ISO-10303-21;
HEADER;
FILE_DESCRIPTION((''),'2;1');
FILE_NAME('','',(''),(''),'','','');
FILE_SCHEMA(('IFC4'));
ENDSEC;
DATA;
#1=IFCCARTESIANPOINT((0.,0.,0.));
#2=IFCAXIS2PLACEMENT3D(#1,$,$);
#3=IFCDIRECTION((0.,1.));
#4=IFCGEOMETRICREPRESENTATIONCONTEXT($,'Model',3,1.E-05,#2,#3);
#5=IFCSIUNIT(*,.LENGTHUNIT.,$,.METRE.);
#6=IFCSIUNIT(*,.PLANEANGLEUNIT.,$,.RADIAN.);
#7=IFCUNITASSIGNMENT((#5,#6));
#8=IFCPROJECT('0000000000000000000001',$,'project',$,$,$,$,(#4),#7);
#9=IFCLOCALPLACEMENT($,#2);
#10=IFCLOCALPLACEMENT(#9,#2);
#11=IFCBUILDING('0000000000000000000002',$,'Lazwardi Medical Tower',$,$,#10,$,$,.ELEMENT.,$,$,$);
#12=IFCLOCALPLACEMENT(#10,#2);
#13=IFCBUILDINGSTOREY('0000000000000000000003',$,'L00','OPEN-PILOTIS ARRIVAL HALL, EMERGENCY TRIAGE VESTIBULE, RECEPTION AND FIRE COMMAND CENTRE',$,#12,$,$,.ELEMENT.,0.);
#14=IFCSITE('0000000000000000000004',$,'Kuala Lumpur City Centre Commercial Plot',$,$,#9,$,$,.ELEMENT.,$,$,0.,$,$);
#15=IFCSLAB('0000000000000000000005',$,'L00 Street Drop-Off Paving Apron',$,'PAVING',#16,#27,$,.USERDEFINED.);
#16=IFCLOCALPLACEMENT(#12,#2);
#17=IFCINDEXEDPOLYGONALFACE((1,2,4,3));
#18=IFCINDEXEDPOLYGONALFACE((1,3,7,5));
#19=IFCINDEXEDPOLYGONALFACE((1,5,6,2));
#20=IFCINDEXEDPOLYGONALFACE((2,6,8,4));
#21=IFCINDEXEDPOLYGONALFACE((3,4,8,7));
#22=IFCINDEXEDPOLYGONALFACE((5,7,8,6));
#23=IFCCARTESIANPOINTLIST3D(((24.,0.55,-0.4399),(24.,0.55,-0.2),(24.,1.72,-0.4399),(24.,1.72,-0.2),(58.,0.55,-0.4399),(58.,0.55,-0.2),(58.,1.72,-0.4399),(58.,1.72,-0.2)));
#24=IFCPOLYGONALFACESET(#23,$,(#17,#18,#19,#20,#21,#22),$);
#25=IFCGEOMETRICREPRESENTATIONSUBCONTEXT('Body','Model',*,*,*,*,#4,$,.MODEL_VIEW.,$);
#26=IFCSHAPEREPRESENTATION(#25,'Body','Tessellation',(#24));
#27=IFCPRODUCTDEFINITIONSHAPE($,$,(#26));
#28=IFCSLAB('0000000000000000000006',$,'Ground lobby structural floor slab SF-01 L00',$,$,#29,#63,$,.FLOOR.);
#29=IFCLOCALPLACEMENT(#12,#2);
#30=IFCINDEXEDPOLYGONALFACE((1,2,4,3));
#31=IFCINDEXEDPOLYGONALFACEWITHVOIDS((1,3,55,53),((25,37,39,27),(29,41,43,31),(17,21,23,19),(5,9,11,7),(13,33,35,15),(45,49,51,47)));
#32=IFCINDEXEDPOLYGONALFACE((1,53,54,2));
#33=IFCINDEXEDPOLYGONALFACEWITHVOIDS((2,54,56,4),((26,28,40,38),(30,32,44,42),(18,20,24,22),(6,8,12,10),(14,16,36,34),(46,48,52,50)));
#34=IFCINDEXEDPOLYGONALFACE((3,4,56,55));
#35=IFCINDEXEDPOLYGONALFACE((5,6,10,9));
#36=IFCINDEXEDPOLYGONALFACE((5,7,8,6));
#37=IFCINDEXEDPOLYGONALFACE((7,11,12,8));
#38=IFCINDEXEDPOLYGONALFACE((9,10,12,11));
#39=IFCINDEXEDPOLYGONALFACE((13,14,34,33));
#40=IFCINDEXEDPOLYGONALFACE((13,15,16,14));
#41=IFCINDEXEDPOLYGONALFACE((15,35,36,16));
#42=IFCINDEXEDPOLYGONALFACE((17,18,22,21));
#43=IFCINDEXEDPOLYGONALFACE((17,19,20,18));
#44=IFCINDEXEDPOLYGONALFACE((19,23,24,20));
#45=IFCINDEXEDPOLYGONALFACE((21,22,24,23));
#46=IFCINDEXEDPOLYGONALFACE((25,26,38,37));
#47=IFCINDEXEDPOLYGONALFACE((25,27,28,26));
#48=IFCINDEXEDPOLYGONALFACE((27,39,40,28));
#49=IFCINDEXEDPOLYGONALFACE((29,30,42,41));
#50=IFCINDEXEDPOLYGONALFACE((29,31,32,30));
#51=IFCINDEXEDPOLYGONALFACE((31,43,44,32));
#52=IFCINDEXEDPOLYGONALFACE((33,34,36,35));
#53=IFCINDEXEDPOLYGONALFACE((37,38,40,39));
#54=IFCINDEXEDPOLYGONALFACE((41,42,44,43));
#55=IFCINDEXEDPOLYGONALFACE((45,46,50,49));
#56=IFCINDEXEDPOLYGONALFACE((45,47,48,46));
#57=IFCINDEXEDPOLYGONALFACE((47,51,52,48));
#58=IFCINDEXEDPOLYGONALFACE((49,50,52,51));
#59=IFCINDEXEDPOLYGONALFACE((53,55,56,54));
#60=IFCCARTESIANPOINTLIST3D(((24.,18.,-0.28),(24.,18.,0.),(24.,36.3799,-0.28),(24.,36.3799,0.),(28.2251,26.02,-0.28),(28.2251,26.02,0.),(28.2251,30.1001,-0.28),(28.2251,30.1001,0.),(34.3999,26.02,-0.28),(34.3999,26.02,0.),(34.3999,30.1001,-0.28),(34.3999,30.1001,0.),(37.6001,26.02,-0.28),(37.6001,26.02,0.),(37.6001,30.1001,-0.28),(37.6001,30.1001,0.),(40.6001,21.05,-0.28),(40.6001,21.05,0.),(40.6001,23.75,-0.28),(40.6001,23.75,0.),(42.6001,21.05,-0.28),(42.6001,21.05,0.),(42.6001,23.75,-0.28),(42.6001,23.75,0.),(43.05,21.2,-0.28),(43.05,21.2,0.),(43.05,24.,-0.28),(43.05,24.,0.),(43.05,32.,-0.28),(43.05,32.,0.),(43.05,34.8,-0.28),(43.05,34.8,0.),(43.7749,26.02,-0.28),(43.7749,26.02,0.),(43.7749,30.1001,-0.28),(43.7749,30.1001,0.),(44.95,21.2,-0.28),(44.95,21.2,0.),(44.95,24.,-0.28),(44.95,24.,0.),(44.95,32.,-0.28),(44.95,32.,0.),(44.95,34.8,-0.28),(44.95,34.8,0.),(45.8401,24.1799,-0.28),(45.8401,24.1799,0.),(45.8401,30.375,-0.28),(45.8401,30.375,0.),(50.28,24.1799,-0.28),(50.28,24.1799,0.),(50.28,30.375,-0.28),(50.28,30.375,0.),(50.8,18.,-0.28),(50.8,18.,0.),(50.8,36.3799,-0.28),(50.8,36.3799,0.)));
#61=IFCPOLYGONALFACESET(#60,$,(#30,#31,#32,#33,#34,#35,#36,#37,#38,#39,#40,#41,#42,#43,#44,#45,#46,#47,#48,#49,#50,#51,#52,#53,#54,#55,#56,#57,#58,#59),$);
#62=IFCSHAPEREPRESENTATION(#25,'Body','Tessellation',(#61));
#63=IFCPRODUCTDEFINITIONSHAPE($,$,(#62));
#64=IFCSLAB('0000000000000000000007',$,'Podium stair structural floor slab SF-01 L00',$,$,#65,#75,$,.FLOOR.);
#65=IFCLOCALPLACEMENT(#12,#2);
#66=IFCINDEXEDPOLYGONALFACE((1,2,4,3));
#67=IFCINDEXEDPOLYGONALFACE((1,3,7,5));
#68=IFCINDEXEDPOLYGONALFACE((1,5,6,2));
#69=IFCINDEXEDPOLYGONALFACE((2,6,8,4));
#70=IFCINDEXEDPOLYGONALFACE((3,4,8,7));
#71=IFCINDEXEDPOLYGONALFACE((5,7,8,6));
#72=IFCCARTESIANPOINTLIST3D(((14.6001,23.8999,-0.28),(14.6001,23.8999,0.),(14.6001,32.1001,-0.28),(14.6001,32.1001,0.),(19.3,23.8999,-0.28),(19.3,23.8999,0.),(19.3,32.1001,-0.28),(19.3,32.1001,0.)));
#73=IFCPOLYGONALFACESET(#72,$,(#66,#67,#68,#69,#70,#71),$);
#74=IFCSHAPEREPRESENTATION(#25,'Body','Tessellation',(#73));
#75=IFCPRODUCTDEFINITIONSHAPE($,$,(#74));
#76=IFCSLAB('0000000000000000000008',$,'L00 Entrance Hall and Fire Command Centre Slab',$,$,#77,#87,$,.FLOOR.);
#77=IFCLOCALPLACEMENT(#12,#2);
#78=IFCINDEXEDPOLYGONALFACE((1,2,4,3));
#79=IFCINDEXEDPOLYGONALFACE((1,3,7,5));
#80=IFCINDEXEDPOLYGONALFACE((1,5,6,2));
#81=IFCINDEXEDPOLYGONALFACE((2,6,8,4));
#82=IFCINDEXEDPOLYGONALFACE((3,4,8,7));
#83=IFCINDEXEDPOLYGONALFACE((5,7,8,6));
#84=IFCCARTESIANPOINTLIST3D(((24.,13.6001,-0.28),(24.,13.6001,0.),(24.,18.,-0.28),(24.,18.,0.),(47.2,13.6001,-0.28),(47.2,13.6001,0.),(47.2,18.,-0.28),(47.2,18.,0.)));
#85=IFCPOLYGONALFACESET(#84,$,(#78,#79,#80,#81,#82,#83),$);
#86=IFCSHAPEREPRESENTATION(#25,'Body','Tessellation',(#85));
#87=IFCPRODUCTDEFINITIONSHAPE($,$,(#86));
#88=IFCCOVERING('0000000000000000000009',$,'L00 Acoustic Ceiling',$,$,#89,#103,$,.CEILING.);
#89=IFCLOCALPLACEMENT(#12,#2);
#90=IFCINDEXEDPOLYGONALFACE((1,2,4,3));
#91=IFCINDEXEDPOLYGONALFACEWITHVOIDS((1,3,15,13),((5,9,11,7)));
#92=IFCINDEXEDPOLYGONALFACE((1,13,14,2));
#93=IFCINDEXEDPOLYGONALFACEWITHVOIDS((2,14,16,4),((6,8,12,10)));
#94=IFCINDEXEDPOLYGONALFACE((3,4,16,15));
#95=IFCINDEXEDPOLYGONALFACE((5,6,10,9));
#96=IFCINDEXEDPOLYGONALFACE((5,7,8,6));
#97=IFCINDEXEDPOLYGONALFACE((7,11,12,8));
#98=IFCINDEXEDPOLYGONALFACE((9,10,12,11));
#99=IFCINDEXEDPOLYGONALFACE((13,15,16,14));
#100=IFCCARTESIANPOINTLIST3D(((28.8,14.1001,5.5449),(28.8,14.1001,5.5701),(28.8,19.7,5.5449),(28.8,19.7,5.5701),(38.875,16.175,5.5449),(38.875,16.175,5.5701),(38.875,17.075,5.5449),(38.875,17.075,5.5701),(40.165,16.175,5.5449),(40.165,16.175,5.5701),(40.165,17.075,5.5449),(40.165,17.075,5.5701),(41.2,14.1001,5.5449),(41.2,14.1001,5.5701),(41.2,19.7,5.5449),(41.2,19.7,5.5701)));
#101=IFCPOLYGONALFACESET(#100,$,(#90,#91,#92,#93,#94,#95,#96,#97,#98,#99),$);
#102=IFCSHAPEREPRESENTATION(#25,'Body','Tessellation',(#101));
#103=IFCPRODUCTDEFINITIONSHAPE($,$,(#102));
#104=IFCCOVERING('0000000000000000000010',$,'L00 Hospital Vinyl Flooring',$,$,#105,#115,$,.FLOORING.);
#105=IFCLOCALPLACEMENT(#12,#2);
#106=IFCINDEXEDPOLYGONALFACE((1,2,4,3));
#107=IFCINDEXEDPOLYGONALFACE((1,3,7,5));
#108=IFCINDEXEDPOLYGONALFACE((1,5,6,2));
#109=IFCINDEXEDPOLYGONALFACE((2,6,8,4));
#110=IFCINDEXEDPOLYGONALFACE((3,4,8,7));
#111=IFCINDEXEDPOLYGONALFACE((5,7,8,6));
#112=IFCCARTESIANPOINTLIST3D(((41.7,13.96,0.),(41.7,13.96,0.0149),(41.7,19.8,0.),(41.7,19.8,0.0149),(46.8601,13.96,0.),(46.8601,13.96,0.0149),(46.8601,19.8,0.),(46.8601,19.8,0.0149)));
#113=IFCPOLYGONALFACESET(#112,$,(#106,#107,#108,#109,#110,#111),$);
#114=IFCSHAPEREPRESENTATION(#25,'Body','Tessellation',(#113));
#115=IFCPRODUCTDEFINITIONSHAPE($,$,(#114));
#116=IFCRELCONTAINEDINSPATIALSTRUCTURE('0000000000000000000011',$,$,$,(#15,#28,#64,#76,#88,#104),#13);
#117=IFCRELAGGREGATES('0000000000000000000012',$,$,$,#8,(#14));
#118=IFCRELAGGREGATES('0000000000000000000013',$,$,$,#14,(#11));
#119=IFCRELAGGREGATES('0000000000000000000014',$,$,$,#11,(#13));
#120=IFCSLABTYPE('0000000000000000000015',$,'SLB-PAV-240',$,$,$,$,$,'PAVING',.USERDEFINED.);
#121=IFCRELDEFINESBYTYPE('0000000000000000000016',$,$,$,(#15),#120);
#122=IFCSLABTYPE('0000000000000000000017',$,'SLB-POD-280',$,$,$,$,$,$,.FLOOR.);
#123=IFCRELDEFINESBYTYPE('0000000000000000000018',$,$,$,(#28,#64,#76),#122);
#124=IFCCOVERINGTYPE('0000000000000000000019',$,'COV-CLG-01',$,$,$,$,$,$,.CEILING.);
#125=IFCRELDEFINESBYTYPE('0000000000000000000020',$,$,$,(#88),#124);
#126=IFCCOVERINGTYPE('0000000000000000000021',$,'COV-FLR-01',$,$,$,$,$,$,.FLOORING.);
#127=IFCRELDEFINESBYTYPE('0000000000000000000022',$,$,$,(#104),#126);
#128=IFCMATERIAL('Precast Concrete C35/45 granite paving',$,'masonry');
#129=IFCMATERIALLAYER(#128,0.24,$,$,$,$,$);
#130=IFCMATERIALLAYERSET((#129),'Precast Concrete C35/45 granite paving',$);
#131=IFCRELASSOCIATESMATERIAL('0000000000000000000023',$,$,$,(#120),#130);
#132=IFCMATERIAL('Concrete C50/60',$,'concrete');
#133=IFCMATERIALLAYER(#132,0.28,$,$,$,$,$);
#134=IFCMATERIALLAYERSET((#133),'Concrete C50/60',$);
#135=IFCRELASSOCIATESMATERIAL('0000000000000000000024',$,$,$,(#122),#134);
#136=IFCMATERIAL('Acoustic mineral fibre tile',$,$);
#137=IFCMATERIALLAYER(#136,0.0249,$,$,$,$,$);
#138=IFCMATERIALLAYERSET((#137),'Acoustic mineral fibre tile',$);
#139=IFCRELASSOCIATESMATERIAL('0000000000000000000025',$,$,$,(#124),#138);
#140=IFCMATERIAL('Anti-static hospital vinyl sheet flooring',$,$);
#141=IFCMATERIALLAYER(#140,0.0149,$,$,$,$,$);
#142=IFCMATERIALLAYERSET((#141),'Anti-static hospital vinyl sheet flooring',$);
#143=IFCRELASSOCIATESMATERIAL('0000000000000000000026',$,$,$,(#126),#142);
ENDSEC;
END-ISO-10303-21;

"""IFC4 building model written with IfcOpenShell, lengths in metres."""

from ifc_helpers import new_model, si_unit, direction, frame, origin, place, context, subcontext, project, spatial, polyline, outline, extrude, material, layer, layer_set, type_object, element, save


model = new_model("IFC4")

# Units and contexts
model_context = context("Model", 3, precision=1e-05, world=origin(), true_north=direction((0.0, 1.0)))
body_context = subcontext(model_context, "Body", "Model", "MODEL_VIEW")
ifc_project = project(units=[si_unit("LENGTHUNIT", "METRE"), si_unit("PLANEANGLEUNIT", "RADIAN")], contexts=[model_context])

# Site, building, storey
site_placement = place(None, origin())
site = spatial("IfcSite", under=ifc_project, at=site_placement, Name="Kuala Lumpur City Centre Commercial Plot", CompositionType="ELEMENT", RefElevation=0.0)
building_placement = place(site_placement, origin())
building = spatial("IfcBuilding", under=site, at=building_placement, Name="Lazwardi Medical Tower", CompositionType="ELEMENT")
storey_placement = place(building_placement, origin())
storey = spatial("IfcBuildingStorey", under=building, at=storey_placement, Name="L00", Description="OPEN-PILOTIS ARRIVAL HALL, EMERGENCY TRIAGE VESTIBULE, RECEPTION AND FIRE COMMAND CENTRE", CompositionType="ELEMENT", Elevation=0.0)

# Slabs
ifc_material_1 = material(Name="Precast Concrete C35/45 granite paving", Category="masonry")
ifc_layer_1 = layer(ifc_material_1, 0.24)
ifc_layer_set_1 = layer_set([ifc_layer_1], Name="Precast Concrete C35/45 granite paving")
slab_type_1 = type_object("IfcSlabType", Name="SLB-PAV-240", ElementType="PAVING", PredefinedType="USERDEFINED", material=ifc_layer_set_1)
slab_1_placement = place(storey_placement, frame((0.0, 0.0, -0.4399)))
element("IfcSlab", 1, at=slab_1_placement, inside=storey, type_object=slab_type_1, Name="L00 Street Drop-Off Paving Apron", ObjectType="PAVING", PredefinedType="USERDEFINED", context=body_context, shape_type="SweptSolid", body=[
    extrude(outline(polyline([(24.0, 0.55), (58.0, 0.55), (58.0, 1.72), (24.0, 1.72), (24.0, 0.55)])), origin(), (0.0, 0.0, 1.0), 0.24),
])
ifc_material_2 = material(Name="Concrete C50/60", Category="concrete")
ifc_layer_2 = layer(ifc_material_2, 0.28)
ifc_layer_set_2 = layer_set([ifc_layer_2], Name="Concrete C50/60")
slab_type_2 = type_object("IfcSlabType", Name="SLB-POD-280", PredefinedType="FLOOR", material=ifc_layer_set_2)
slab_2_placement = place(storey_placement, frame((0.0, 0.0, -0.28)))
element("IfcSlab", 2, at=slab_2_placement, inside=storey, type_object=slab_type_2, Name="Ground lobby structural floor slab SF-01 L00", PredefinedType="FLOOR", context=body_context, shape_type="SweptSolid", body=[
    extrude(outline(polyline([(24.0, 18.0), (50.8, 18.0), (50.8, 36.3799), (24.0, 36.3799), (24.0, 18.0)]), holes=[polyline([(28.2251, 26.02), (28.2251, 30.1001), (34.3999, 30.1001), (34.3999, 26.02), (28.2251, 26.02)]), polyline([(37.6001, 26.02), (37.6001, 30.1001), (43.7749, 30.1001), (43.7749, 26.02), (37.6001, 26.02)]), polyline([(45.8401, 24.1799), (45.8401, 30.375), (50.28, 30.375), (50.28, 24.1799), (45.8401, 24.1799)]), polyline([(43.05, 32.0), (43.05, 34.8), (44.95, 34.8), (44.95, 32.0), (43.05, 32.0)]), polyline([(43.05, 21.2), (43.05, 24.0), (44.95, 24.0), (44.95, 21.2), (43.05, 21.2)]), polyline([(40.6001, 21.05), (40.6001, 23.75), (42.6001, 23.75), (42.6001, 21.05), (40.6001, 21.05)])]), origin(), (0.0, 0.0, 1.0), 0.28),
])
slab_3_placement = place(storey_placement, frame((0.0, 0.0, -0.28)))
element("IfcSlab", 3, at=slab_3_placement, inside=storey, type_object=slab_type_2, Name="Podium stair structural floor slab SF-01 L00", PredefinedType="FLOOR", context=body_context, shape_type="SweptSolid", body=[
    extrude(outline(polyline([(14.6001, 23.8999), (19.3, 23.8999), (19.3, 32.1001), (14.6001, 32.1001), (14.6001, 23.8999)])), origin(), (0.0, 0.0, 1.0), 0.28),
])
slab_4_placement = place(storey_placement, frame((0.0, 0.0, -0.28)))
element("IfcSlab", 4, at=slab_4_placement, inside=storey, type_object=slab_type_2, Name="L00 Entrance Hall and Fire Command Centre Slab", PredefinedType="FLOOR", context=body_context, shape_type="SweptSolid", body=[
    extrude(outline(polyline([(24.0, 13.6001), (47.2, 13.6001), (47.2, 18.0), (24.0, 18.0), (24.0, 13.6001)])), origin(), (0.0, 0.0, 1.0), 0.28),
])

# Coverings
ifc_material_3 = material(Name="Acoustic mineral fibre tile")
ifc_layer_3 = layer(ifc_material_3, 0.0249)
ifc_layer_set_3 = layer_set([ifc_layer_3], Name="Acoustic mineral fibre tile")
covering_type_1 = type_object("IfcCoveringType", Name="COV-CLG-01", PredefinedType="CEILING", material=ifc_layer_set_3)
covering_1_placement = place(storey_placement, frame((0.0, 0.0, 5.5449)))
element("IfcCovering", 5, at=covering_1_placement, inside=storey, type_object=covering_type_1, Name="L00 Acoustic Ceiling", PredefinedType="CEILING", context=body_context, shape_type="SweptSolid", body=[
    extrude(outline(polyline([(41.2, 14.1001), (41.2, 19.7), (28.8, 19.7), (28.8, 14.1001), (41.2, 14.1001)]), holes=[polyline([(38.875, 17.075), (40.165, 17.075), (40.165, 16.175), (38.875, 16.175), (38.875, 17.075)])]), origin(), (0.0, 0.0, 1.0), 0.0251),
])
ifc_material_4 = material(Name="Anti-static hospital vinyl sheet flooring")
ifc_layer_4 = layer(ifc_material_4, 0.0149)
ifc_layer_set_4 = layer_set([ifc_layer_4], Name="Anti-static hospital vinyl sheet flooring")
covering_type_2 = type_object("IfcCoveringType", Name="COV-FLR-01", PredefinedType="FLOORING", material=ifc_layer_set_4)
covering_2_placement = place(storey_placement, origin())
element("IfcCovering", 6, at=covering_2_placement, inside=storey, type_object=covering_type_2, Name="L00 Hospital Vinyl Flooring", PredefinedType="FLOORING", context=body_context, shape_type="SweptSolid", body=[
    extrude(outline(polyline([(46.8601, 13.96), (46.8601, 19.8), (41.7, 19.8), (41.7, 13.96), (46.8601, 13.96)])), origin(), (0.0, 0.0, 1.0), 0.0149),
])

save(model, "model.ifc")
